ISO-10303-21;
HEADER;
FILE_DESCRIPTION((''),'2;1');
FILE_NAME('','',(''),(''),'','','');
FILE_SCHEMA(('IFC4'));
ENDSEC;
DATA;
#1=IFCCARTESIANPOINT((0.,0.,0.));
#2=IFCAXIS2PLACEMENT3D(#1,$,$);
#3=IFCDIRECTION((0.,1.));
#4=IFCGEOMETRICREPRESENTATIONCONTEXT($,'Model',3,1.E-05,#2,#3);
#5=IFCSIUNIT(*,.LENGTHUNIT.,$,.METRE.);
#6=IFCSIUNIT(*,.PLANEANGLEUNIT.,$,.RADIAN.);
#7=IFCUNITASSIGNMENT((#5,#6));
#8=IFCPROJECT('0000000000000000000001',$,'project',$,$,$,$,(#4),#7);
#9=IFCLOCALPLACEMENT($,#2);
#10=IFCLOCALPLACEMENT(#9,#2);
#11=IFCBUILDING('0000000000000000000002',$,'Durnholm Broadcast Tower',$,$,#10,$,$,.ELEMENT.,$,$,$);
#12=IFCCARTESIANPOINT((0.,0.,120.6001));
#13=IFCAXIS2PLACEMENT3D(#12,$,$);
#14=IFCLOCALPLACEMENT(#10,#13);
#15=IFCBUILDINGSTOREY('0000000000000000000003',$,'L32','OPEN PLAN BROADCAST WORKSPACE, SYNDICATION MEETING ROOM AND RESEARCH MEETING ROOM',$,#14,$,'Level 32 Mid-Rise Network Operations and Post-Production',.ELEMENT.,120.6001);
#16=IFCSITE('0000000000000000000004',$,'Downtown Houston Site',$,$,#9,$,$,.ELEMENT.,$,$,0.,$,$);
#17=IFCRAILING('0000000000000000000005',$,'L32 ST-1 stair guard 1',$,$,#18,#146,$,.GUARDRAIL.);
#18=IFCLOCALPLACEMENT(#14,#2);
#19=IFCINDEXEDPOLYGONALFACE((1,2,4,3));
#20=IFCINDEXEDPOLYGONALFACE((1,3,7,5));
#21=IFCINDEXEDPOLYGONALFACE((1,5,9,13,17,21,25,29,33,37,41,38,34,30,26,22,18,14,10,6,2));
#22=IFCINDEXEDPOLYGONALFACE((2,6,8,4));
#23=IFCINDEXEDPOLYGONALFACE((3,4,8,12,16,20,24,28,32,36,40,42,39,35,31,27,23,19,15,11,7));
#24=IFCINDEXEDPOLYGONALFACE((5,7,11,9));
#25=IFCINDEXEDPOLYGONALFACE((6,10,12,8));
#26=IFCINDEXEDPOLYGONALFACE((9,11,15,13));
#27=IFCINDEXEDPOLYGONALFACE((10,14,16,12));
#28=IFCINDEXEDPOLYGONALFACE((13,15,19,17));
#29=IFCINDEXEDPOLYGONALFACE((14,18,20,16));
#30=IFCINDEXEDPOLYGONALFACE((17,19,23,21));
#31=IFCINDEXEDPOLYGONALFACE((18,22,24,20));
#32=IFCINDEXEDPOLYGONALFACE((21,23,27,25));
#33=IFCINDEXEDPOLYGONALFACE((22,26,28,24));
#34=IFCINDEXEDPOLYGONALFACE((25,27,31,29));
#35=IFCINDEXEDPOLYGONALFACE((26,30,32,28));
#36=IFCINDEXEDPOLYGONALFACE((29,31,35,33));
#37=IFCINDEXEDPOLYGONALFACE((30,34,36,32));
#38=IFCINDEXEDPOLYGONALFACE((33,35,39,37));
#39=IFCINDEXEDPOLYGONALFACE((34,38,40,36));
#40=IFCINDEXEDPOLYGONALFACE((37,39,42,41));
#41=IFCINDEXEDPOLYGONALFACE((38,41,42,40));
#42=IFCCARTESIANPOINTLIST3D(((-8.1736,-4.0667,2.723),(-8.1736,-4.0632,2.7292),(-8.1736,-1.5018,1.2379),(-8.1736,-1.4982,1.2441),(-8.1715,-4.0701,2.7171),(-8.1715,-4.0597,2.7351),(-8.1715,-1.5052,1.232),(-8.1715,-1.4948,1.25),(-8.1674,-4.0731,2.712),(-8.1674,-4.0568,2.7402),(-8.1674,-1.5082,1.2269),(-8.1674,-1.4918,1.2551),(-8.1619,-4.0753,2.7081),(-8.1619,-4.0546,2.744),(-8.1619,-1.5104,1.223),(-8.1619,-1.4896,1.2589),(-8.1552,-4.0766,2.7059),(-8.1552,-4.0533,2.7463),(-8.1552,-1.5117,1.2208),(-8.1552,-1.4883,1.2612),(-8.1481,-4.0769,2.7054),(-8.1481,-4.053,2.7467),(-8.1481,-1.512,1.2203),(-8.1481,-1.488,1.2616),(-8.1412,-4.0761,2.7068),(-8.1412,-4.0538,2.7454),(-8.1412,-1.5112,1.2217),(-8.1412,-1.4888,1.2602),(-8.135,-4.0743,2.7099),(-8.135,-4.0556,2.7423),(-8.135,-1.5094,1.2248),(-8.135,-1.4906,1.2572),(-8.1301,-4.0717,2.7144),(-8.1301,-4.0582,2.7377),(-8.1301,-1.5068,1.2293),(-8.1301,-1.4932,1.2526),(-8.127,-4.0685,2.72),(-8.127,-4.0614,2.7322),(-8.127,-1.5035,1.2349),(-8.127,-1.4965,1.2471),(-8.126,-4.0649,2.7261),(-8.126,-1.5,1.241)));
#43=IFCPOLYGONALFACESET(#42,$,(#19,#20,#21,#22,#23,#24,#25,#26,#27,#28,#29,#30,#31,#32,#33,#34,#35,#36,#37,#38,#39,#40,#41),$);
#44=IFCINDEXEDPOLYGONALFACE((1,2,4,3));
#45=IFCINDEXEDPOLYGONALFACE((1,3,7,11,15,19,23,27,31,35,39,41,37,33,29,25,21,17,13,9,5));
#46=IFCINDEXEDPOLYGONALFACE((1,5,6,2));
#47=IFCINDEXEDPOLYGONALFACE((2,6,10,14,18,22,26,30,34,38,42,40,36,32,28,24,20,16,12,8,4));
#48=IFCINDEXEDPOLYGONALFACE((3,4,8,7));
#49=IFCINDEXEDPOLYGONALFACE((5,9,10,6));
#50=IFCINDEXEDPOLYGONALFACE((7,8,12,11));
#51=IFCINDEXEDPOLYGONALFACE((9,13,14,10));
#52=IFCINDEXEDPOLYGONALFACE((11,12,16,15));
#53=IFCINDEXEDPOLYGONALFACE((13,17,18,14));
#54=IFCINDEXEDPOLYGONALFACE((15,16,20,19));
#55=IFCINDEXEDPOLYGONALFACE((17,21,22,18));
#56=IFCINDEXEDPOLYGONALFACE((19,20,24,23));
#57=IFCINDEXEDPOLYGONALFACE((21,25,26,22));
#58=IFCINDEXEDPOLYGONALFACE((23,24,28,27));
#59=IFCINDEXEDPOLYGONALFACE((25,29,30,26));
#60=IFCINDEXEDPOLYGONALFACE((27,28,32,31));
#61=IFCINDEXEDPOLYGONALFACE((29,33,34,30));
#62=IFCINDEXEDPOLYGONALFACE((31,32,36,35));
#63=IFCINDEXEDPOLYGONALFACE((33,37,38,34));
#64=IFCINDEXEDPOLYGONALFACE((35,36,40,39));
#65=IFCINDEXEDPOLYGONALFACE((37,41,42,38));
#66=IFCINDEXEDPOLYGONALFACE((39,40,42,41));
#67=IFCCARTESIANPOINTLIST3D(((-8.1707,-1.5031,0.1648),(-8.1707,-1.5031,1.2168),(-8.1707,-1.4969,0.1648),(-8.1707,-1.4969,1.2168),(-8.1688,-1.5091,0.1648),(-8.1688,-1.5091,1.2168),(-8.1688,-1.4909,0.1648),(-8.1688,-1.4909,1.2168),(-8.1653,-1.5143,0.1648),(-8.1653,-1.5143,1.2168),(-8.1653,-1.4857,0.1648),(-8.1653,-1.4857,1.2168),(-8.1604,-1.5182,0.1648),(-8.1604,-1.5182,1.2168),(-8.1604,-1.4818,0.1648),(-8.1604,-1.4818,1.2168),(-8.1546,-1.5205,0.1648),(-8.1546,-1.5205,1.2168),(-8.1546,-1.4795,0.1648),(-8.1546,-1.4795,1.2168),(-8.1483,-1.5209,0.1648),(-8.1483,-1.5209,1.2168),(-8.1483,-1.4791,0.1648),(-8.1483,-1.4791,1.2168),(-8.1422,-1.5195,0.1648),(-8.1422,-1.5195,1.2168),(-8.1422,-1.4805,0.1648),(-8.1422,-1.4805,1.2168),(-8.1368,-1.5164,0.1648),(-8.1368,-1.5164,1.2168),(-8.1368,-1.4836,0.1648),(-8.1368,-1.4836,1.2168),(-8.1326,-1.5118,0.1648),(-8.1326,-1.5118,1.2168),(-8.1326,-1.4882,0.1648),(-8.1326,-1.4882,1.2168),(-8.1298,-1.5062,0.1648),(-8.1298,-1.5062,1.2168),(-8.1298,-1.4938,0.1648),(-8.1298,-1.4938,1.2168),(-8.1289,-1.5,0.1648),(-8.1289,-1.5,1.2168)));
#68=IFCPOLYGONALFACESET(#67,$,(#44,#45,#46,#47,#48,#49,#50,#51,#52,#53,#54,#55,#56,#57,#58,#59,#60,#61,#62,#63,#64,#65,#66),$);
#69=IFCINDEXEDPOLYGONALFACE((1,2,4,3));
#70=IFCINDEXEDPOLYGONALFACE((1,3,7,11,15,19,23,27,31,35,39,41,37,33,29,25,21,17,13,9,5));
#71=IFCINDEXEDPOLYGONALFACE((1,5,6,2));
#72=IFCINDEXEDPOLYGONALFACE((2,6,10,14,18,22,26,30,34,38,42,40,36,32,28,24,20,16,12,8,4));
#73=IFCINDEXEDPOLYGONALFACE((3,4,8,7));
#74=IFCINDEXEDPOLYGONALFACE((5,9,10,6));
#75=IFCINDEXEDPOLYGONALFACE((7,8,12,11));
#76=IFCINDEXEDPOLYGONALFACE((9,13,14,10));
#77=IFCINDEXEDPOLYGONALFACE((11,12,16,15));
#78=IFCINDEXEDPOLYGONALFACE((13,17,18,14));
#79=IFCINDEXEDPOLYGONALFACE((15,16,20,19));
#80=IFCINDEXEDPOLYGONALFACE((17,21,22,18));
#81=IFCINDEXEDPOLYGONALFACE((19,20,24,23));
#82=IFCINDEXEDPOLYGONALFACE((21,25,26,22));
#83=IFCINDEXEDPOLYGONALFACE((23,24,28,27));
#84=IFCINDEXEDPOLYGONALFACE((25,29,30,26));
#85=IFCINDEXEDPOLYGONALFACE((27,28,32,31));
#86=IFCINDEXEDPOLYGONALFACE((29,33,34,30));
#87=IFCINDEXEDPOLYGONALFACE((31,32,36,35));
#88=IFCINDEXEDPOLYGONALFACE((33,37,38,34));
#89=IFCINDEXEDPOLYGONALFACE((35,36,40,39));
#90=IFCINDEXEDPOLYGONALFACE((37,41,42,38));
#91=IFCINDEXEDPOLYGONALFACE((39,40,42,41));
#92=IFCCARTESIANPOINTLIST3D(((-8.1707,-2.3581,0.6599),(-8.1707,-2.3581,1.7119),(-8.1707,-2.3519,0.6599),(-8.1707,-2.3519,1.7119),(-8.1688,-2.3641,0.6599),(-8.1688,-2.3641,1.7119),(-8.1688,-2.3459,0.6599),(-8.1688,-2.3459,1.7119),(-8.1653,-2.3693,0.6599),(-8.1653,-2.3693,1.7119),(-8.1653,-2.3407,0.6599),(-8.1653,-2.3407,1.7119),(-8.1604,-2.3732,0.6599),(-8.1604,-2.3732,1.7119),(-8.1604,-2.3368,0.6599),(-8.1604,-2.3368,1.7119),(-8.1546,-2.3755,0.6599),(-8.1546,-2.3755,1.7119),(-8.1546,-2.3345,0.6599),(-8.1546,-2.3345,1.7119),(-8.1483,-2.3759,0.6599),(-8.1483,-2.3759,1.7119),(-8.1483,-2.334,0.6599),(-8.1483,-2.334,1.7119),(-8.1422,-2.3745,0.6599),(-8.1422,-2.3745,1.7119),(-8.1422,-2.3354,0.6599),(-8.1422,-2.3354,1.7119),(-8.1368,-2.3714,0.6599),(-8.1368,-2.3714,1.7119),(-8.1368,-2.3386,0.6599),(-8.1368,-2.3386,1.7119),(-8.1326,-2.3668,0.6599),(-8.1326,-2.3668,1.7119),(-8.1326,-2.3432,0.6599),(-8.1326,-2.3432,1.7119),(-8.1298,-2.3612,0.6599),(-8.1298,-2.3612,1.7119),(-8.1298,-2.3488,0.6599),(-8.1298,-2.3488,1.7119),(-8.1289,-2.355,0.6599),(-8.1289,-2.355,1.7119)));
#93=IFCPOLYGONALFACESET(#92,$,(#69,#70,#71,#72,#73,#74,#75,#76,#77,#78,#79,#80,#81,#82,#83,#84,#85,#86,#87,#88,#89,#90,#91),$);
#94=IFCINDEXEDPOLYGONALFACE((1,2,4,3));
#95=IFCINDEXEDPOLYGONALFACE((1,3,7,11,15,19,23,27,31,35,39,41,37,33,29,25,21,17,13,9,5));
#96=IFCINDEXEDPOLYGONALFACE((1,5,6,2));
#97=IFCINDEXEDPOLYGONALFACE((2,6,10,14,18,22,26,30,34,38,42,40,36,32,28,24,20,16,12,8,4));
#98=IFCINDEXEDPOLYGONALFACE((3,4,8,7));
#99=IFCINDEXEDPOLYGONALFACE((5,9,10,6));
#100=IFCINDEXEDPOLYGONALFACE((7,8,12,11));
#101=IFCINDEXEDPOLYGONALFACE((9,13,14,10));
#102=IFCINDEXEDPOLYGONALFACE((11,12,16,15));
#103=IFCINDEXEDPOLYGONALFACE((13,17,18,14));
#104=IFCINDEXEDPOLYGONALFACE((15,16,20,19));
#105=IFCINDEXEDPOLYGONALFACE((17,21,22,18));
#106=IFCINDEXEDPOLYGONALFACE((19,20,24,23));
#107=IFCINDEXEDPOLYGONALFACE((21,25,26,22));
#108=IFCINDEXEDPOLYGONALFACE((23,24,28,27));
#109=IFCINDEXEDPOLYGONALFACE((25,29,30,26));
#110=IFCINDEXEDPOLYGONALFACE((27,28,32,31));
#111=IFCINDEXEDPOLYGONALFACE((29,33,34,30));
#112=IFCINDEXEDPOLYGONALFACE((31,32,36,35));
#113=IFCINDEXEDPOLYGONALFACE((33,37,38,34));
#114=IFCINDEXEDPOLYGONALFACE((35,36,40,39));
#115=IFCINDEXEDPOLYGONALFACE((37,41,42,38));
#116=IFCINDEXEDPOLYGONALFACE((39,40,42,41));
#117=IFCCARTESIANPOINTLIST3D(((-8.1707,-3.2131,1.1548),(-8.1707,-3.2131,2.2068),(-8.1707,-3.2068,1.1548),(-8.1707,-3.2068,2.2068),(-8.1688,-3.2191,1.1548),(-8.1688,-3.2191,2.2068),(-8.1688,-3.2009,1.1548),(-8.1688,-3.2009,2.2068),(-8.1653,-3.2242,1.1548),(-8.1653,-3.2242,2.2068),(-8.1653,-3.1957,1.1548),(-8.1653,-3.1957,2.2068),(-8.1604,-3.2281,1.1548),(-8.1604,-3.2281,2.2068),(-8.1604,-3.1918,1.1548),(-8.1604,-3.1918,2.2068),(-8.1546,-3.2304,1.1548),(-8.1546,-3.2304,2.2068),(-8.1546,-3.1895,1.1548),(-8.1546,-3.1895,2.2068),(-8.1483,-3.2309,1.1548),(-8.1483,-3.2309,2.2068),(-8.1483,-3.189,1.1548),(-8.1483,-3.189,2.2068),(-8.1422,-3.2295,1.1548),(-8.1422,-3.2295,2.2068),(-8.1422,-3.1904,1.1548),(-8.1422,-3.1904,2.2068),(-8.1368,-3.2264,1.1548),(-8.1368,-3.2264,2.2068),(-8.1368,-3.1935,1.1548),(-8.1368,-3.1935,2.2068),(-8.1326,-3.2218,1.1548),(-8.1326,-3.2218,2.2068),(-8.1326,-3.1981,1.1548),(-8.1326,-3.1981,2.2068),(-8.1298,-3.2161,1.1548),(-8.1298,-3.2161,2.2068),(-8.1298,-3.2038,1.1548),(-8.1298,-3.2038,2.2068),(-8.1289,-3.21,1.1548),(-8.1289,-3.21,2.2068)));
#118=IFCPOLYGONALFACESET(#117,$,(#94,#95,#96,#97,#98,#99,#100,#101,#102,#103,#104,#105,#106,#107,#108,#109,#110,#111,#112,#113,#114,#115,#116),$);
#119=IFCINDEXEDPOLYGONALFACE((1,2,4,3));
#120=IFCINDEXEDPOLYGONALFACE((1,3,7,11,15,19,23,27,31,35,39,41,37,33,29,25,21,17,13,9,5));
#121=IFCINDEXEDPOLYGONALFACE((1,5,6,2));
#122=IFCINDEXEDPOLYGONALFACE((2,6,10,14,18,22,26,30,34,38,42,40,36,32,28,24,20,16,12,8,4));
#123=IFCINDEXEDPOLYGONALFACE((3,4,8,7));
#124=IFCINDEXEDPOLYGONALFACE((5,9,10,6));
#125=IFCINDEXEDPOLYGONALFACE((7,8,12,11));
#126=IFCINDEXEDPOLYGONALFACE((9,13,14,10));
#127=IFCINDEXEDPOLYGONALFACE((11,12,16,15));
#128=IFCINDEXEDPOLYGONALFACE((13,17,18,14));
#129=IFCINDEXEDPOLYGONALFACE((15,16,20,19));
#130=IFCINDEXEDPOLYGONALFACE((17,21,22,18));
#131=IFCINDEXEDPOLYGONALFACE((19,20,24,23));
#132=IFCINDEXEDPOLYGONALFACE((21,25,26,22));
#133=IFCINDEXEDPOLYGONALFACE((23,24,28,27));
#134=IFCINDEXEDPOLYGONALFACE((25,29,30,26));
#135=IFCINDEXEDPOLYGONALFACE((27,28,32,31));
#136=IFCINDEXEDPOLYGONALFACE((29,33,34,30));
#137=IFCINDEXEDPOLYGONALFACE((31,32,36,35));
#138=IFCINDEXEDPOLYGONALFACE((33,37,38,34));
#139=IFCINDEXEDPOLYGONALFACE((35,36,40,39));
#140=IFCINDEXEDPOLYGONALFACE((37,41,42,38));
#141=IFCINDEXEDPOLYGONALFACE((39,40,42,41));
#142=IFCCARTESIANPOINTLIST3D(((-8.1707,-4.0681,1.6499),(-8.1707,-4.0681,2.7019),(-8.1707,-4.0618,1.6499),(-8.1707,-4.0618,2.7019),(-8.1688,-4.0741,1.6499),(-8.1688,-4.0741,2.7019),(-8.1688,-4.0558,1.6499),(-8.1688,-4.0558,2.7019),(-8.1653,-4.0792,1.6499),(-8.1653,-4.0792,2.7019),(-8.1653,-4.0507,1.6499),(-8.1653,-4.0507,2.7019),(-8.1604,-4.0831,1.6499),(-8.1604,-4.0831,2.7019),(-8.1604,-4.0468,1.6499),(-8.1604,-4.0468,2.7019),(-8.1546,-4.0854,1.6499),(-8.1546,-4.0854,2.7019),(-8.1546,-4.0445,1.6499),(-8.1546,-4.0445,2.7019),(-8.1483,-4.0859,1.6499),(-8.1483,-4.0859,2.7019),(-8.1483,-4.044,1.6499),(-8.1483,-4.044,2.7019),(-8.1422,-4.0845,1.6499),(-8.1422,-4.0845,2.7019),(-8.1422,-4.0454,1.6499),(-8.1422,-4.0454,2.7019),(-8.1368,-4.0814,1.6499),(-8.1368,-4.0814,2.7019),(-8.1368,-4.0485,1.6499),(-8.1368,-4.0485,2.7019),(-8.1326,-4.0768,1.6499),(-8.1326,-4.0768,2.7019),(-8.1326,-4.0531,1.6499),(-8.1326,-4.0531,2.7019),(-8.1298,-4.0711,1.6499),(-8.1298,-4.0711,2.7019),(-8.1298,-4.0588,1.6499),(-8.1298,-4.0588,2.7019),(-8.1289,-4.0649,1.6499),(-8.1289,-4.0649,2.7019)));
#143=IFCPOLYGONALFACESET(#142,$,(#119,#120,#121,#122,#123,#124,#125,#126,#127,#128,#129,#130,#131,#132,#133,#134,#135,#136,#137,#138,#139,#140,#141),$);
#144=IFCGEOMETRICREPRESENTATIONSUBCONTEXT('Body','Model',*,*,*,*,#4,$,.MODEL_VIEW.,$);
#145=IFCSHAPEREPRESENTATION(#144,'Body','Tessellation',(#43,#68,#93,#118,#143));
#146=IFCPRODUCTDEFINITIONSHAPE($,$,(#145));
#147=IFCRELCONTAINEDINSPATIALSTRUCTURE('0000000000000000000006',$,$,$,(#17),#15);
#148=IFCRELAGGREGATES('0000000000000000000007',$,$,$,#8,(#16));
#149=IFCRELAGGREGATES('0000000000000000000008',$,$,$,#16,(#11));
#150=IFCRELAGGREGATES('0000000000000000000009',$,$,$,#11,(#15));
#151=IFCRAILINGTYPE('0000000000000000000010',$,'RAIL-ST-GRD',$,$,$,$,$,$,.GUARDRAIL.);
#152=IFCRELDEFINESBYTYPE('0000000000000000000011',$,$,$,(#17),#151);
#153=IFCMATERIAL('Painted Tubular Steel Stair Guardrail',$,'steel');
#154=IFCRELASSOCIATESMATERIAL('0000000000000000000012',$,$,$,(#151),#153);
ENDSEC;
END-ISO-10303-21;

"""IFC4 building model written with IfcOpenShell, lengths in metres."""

from ifc_helpers import new_model, si_unit, direction, frame, origin, origin_2d, place, context, subcontext, project, spatial, circle, extrude, material, type_object, element, save


model = new_model("IFC4")

# Units and contexts
model_context = context("Model", 3, precision=1e-05, world=origin(), true_north=direction((0.0, 1.0)))
body_context = subcontext(model_context, "Body", "Model", "MODEL_VIEW")
ifc_project = project(units=[si_unit("LENGTHUNIT", "METRE"), si_unit("PLANEANGLEUNIT", "RADIAN")], contexts=[model_context])

# Site, building, storey
site_placement = place(None, origin())
site = spatial("IfcSite", under=ifc_project, at=site_placement, Name="Downtown Houston Site", CompositionType="ELEMENT", RefElevation=0.0)
building_placement = place(site_placement, origin())
building = spatial("IfcBuilding", under=site, at=building_placement, Name="Durnholm Broadcast Tower", CompositionType="ELEMENT")
storey_placement = place(building_placement, frame((0.0, 0.0, 120.6001)))
storey = spatial("IfcBuildingStorey", under=building, at=storey_placement, Name="L32", Description="OPEN PLAN BROADCAST WORKSPACE, SYNDICATION MEETING ROOM AND RESEARCH MEETING ROOM", LongName="Level 32 Mid-Rise Network Operations and Post-Production", CompositionType="ELEMENT", Elevation=120.6001)

# Railing
ifc_material_1 = material(Name="Painted Tubular Steel Stair Guardrail", Category="steel")
railing_type_1 = type_object("IfcRailingType", Name="RAIL-ST-GRD", PredefinedType="GUARDRAIL", material=ifc_material_1)
railing_1_placement = place(storey_placement, frame((-8.1499, -1.5, 0.1648)))
element("IfcRailing", 1, at=railing_1_placement, inside=storey, type_object=railing_type_1, Name="L32 ST-1 stair guard 1", PredefinedType="GUARDRAIL", context=body_context, shape_type="SweptSolid", body=[
    extrude(circle(Radius=0.0239, at=origin_2d()), frame((0.0, 0.0, 1.0762), z_axis=(0.0, -0.865406, 0.501072), x_axis=(1.0, 0.0, 0.0)), (0.0, 0.0, 1.0), 2.9639),
    extrude(circle(Radius=0.021, at=origin_2d()), origin(), (0.0, 0.0, 1.0), 1.052),
    extrude(circle(Radius=0.021, at=origin_2d()), frame((0.0, -0.855, 0.4951)), (0.0, 0.0, 1.0), 1.052),
    extrude(circle(Radius=0.021, at=origin_2d()), frame((0.0, -1.71, 0.99)), (0.0, 0.0, 1.0), 1.052),
    extrude(circle(Radius=0.021, at=origin_2d()), frame((0.0, -2.5649, 1.4851)), (0.0, 0.0, 1.0), 1.052),
])

save(model, "model.ifc")
